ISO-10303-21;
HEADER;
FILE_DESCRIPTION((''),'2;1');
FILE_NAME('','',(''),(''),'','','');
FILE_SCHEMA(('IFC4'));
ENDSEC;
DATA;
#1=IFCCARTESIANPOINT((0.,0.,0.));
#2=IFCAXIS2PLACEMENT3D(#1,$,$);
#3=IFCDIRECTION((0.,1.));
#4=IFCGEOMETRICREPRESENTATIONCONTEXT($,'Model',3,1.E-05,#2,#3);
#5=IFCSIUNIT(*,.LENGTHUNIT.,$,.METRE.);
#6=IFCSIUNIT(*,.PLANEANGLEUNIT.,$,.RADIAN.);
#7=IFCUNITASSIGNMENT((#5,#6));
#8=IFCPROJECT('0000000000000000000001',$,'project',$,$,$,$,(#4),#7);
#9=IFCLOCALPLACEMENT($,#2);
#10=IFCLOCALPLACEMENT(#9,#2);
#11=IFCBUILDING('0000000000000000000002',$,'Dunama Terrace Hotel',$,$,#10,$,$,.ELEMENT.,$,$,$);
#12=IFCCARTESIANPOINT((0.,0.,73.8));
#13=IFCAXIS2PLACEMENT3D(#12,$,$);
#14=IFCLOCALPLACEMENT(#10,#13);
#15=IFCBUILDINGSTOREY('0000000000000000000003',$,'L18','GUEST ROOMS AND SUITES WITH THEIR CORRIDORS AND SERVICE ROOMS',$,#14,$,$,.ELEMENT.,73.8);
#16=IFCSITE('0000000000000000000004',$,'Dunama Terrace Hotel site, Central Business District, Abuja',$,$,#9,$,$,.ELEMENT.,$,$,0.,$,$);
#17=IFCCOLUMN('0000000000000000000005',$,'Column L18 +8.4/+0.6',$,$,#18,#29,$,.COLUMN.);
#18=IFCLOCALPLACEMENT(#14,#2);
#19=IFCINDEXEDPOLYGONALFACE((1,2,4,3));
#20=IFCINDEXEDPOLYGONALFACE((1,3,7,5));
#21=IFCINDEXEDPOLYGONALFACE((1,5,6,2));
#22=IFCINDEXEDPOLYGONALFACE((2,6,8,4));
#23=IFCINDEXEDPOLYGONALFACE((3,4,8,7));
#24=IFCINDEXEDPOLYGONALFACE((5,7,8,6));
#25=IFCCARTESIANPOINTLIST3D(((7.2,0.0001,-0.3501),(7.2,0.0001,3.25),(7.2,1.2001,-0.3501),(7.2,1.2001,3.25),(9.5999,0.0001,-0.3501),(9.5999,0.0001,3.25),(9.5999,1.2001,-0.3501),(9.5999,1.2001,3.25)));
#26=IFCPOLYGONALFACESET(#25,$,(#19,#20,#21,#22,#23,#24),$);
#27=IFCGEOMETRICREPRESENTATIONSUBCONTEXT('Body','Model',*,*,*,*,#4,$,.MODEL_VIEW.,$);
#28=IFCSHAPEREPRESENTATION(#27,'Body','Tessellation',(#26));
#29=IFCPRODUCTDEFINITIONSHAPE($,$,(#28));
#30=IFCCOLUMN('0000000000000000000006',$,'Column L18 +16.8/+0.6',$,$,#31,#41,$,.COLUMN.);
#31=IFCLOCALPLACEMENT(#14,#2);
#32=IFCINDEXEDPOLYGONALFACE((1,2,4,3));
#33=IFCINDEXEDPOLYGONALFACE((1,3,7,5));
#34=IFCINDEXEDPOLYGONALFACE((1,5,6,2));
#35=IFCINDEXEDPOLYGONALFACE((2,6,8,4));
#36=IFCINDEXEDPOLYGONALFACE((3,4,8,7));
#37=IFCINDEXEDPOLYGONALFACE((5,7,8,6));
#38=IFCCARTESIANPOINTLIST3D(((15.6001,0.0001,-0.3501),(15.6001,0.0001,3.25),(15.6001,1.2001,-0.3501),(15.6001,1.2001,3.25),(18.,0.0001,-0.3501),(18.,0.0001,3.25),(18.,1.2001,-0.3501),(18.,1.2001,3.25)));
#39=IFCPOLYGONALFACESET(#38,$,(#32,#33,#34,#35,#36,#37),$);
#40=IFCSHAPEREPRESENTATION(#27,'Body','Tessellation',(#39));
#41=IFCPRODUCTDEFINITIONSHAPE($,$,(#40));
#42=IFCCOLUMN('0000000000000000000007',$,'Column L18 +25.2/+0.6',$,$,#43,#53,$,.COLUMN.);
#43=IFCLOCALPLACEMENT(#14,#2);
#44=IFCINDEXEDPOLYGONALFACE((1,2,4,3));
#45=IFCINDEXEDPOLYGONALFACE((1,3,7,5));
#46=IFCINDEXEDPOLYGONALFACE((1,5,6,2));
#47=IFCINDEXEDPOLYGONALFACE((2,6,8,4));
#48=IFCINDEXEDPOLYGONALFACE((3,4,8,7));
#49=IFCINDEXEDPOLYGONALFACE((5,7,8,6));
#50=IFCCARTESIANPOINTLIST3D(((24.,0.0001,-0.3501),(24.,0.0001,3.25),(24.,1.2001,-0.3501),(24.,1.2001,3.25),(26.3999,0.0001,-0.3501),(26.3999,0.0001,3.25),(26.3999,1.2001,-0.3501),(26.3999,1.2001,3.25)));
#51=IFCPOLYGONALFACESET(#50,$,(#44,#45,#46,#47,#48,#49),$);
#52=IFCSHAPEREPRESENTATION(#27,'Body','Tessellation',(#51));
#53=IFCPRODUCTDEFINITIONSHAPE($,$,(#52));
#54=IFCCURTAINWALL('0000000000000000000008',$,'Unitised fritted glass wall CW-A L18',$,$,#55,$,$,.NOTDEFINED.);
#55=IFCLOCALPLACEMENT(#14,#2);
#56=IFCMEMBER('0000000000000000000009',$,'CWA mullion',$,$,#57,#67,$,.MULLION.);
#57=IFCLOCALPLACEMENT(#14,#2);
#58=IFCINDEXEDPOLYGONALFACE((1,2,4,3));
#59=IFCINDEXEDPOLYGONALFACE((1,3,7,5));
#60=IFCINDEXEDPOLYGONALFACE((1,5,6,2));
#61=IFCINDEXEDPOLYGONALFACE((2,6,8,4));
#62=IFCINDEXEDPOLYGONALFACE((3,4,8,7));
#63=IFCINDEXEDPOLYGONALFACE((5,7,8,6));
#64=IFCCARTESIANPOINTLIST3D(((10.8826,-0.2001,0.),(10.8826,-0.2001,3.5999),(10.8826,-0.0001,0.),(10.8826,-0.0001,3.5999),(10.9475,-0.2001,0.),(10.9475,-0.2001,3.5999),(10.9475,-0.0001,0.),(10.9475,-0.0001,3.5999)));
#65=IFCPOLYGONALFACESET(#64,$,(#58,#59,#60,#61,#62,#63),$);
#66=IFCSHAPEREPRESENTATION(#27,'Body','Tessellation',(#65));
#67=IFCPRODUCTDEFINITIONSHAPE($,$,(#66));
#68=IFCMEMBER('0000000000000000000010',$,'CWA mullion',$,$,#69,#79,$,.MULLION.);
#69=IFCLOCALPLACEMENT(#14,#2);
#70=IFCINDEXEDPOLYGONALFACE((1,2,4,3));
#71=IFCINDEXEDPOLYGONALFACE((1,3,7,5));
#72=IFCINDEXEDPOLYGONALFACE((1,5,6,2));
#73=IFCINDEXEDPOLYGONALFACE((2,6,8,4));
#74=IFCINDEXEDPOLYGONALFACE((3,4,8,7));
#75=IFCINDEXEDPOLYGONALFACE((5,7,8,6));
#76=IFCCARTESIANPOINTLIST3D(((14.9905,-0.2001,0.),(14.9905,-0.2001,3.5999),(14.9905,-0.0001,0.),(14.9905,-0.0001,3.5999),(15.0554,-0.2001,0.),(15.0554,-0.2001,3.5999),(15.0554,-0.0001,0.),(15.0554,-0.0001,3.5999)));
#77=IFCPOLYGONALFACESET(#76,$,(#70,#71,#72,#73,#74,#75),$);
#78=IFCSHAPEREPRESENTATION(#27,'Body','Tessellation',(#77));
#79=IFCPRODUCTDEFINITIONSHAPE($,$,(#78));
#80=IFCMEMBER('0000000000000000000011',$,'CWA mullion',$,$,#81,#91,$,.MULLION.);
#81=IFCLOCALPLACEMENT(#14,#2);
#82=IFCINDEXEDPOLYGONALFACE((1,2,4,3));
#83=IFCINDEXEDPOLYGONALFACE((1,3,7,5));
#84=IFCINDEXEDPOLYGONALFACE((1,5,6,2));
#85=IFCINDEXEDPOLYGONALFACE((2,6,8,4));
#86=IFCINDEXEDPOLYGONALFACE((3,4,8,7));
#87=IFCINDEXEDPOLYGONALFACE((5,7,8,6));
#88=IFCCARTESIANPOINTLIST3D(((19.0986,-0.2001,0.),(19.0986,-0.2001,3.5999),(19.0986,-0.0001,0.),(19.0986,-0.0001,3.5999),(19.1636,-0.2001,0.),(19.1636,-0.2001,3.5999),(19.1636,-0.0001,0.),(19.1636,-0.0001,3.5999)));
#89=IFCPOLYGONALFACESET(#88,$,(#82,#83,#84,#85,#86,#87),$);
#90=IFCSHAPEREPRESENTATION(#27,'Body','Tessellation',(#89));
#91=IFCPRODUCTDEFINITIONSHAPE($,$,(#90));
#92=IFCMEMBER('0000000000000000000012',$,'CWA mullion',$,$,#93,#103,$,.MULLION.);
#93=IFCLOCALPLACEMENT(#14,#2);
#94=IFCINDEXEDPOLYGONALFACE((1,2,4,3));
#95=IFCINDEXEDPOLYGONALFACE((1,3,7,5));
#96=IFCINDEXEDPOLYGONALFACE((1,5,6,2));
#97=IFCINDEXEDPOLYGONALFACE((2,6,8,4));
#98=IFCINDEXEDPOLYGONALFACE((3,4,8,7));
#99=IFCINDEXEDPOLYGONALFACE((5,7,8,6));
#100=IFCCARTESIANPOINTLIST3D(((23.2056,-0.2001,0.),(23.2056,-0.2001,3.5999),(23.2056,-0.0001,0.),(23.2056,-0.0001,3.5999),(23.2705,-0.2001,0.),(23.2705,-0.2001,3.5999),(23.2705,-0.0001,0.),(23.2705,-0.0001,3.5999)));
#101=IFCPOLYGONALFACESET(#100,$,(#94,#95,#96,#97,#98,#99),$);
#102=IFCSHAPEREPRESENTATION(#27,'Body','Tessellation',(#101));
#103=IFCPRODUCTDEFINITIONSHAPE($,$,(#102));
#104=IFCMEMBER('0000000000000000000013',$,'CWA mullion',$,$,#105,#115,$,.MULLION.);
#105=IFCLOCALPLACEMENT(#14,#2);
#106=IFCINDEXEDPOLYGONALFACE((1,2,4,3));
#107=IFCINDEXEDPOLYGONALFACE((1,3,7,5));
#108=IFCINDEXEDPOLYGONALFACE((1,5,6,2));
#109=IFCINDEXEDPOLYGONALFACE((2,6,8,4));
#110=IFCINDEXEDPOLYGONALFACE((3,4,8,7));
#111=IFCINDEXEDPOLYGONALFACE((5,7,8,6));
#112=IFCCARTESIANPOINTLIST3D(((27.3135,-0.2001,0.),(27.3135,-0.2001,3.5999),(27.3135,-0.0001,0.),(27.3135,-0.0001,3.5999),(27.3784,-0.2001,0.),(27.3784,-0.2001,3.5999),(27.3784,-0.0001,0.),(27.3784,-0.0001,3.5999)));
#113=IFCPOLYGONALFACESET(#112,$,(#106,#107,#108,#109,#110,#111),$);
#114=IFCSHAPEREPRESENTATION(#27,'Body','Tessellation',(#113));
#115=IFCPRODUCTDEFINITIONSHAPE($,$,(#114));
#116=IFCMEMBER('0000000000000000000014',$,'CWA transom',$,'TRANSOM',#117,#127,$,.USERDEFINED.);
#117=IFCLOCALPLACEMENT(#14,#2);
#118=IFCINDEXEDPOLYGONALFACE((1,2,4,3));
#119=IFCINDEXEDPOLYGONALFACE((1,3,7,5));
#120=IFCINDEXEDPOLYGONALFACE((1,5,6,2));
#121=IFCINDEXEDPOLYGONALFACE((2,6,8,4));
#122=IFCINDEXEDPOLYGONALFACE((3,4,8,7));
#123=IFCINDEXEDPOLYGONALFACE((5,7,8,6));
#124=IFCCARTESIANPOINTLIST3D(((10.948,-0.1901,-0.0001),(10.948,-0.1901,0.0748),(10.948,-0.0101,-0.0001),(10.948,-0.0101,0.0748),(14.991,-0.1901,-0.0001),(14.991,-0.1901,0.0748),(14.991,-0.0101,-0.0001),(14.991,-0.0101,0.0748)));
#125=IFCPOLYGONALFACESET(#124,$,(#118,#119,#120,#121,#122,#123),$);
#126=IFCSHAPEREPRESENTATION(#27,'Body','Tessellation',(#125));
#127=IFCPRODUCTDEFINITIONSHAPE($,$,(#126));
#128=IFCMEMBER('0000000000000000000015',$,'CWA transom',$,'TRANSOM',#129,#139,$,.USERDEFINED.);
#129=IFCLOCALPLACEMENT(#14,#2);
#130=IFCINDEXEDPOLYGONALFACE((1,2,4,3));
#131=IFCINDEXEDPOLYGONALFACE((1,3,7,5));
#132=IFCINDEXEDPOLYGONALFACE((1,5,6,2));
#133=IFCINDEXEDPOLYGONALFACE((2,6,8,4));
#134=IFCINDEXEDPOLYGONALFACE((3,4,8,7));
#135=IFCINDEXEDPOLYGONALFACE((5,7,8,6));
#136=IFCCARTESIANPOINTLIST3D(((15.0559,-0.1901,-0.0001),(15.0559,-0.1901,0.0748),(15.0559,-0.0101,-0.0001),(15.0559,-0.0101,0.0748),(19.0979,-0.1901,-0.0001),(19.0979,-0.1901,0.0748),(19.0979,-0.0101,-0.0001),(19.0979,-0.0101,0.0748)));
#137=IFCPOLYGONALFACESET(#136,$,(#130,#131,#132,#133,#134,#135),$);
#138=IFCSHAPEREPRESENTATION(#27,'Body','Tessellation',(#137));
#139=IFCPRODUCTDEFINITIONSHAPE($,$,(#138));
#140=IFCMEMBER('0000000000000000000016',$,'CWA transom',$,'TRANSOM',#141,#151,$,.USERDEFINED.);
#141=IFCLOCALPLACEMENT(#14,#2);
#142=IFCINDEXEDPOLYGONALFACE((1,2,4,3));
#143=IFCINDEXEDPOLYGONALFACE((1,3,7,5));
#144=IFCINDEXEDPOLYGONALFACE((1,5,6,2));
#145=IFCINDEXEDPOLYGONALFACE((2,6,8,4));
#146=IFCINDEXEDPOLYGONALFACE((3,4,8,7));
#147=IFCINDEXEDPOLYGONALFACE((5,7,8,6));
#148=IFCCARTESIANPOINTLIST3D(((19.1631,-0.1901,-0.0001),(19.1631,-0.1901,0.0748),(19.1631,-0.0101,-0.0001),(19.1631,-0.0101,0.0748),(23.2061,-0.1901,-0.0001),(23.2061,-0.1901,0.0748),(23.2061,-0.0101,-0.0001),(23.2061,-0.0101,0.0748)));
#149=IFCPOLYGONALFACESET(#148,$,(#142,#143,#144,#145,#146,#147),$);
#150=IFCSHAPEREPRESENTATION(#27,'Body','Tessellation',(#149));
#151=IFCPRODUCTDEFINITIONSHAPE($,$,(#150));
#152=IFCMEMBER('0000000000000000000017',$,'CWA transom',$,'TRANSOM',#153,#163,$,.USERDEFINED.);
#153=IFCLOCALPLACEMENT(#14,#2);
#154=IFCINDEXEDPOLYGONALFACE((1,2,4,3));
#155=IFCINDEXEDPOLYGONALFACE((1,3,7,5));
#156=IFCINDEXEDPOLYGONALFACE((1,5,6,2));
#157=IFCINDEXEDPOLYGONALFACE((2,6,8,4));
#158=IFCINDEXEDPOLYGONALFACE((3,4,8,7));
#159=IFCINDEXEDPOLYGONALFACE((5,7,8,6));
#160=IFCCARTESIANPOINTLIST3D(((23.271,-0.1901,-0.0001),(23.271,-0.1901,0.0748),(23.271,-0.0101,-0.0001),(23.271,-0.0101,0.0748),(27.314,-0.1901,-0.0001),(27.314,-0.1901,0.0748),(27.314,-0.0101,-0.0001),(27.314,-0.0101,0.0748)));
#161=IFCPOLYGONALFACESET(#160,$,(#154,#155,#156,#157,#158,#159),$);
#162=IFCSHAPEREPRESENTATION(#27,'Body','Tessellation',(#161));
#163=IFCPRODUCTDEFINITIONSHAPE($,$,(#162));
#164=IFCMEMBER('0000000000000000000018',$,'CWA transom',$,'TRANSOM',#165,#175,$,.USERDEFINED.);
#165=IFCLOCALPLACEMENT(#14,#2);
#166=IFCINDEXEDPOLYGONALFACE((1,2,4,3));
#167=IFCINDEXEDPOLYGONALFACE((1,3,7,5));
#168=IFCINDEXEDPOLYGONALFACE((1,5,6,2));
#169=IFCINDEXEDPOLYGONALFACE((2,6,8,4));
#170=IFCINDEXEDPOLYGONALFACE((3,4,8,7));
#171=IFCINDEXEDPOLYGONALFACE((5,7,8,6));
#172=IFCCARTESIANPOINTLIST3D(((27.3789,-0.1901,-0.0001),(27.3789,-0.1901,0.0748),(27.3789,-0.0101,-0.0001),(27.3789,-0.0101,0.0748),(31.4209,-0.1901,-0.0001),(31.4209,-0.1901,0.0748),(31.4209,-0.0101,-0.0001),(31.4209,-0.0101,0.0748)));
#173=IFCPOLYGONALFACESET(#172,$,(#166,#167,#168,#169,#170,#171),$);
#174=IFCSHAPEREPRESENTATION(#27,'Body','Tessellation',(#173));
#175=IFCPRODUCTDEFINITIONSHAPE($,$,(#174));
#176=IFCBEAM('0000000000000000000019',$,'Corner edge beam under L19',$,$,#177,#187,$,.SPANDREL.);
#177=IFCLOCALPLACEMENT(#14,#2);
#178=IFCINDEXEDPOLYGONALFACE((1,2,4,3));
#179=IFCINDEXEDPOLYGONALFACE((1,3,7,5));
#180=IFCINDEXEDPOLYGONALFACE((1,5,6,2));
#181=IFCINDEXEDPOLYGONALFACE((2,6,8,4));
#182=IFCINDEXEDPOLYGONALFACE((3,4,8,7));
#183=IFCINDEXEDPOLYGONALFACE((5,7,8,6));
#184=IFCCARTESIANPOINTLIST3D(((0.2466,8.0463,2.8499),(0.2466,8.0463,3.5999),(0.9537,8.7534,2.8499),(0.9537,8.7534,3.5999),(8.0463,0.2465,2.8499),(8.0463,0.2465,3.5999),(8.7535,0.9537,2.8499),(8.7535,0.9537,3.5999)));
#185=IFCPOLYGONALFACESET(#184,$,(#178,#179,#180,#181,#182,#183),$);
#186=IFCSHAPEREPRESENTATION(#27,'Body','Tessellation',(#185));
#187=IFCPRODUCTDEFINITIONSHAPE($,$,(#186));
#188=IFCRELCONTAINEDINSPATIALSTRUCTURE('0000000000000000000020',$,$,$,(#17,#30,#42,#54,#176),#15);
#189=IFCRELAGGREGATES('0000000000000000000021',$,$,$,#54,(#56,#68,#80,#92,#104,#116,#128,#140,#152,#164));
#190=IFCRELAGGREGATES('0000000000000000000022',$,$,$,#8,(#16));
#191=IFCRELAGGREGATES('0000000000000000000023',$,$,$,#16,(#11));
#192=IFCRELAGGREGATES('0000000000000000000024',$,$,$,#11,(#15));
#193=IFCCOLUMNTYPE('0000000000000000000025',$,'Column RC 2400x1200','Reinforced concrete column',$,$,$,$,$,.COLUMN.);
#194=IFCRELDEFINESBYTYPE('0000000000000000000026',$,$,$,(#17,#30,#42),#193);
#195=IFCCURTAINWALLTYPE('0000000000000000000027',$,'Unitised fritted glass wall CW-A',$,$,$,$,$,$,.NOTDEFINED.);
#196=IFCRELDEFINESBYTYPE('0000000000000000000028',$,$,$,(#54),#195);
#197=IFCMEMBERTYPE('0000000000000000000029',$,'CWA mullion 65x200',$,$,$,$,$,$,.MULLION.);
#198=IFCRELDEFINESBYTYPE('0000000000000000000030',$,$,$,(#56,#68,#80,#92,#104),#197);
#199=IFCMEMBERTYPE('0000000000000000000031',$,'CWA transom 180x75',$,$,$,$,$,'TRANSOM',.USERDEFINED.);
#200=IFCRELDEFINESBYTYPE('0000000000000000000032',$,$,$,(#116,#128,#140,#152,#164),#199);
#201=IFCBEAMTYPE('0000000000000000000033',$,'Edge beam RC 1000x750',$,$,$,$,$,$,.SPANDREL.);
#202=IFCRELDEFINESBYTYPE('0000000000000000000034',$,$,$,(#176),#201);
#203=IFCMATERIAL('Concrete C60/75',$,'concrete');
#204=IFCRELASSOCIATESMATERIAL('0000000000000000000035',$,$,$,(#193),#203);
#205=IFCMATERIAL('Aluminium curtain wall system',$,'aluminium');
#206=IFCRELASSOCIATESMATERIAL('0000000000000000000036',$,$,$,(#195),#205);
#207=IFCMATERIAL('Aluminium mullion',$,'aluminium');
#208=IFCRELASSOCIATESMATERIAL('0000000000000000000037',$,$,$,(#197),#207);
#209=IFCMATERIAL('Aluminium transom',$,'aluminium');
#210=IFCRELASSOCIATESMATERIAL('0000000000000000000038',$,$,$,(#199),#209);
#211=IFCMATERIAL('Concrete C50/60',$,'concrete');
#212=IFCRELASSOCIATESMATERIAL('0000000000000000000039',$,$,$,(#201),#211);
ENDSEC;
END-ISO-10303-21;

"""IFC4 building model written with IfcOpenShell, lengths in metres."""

from ifc_helpers import new_model, si_unit, direction, frame, origin, origin_2d, place, context, subcontext, project, spatial, rectangle, extrude, material, material_profile, profile_set, type_object, element, aggregate, save


model = new_model("IFC4")

# Units and contexts
model_context = context("Model", 3, precision=1e-05, world=origin(), true_north=direction((0.0, 1.0)))
body_context = subcontext(model_context, "Body", "Model", "MODEL_VIEW")
ifc_project = project(units=[si_unit("LENGTHUNIT", "METRE"), si_unit("PLANEANGLEUNIT", "RADIAN")], contexts=[model_context])

# Site, building, storey
site_placement = place(None, origin())
site = spatial("IfcSite", under=ifc_project, at=site_placement, Name="Dunama Terrace Hotel site, Central Business District, Abuja", CompositionType="ELEMENT", RefElevation=0.0)
building_placement = place(site_placement, origin())
building = spatial("IfcBuilding", under=site, at=building_placement, Name="Dunama Terrace Hotel", CompositionType="ELEMENT")
storey_placement = place(building_placement, frame((0.0, 0.0, 73.8)))
storey = spatial("IfcBuildingStorey", under=building, at=storey_placement, Name="L18", Description="GUEST ROOMS AND SUITES WITH THEIR CORRIDORS AND SERVICE ROOMS", CompositionType="ELEMENT", Elevation=73.8)

# Columns
ifc_material_1 = material(Name="Concrete C60/75", Category="concrete")
ifc_material_profile_1 = material_profile(ifc_material_1, rectangle(XDim=2.3999, YDim=1.2, at=origin_2d()), Name="RC 2400x1200")
ifc_profile_set_1 = profile_set([ifc_material_profile_1], Name="Concrete C60/75")
column_type = type_object("IfcColumnType", Name="Column RC 2400x1200", Description="Reinforced concrete column", PredefinedType="COLUMN", material=ifc_profile_set_1)
for number, where, z_axis, x_axis, name in (
    (1, (8.3999, 0.6001, -0.3501), (0.0, 0.0, 1.0), (1.0, 0.0, 0.0), "Column L18 +8.4/+0.6"),
    (2, (16.8, 0.6001, -0.3501), (0.0, 0.0, 1.0), (1.0, 0.0, 0.0), "Column L18 +16.8/+0.6"),
    (3, (25.2, 0.6001, -0.3501), (0.0, 0.0, 1.0), (1.0, 0.0, 0.0), "Column L18 +25.2/+0.6"),
):
    element("IfcColumn", number, at=place(storey_placement, frame(where, z_axis=z_axis, x_axis=x_axis)), inside=storey, type_object=column_type, Name=name, PredefinedType="COLUMN", context=body_context, shape_type="SweptSolid", body=[
        extrude(rectangle(XDim=2.3999, YDim=1.2, at=origin_2d()), origin(), (0.0, 0.0, 1.0), 3.6001),
    ])

# Curtain wall, members
ifc_material_2 = material(Name="Aluminium curtain wall system", Category="aluminium")
curtain_wall_type = type_object("IfcCurtainWallType", Name="Unitised fritted glass wall CW-A", PredefinedType="NOTDEFINED", material=ifc_material_2)
curtain_wall_placement = place(storey_placement, origin())
curtain_wall = element("IfcCurtainWall", 4, at=curtain_wall_placement, inside=storey, type_object=curtain_wall_type, Name="Unitised fritted glass wall CW-A L18", PredefinedType="NOTDEFINED")
ifc_material_3 = material(Name="Aluminium mullion", Category="aluminium")
ifc_material_profile_2 = material_profile(ifc_material_3, rectangle(XDim=0.0649, YDim=0.2, at=origin_2d()), Name="CWA MULLION 65X200")
ifc_profile_set_2 = profile_set([ifc_material_profile_2], Name="Aluminium mullion")
member_type_1 = type_object("IfcMemberType", Name="CWA mullion 65x200", PredefinedType="MULLION", material=ifc_profile_set_2)
member_1_placement = place(storey_placement, frame((10.915, -0.1001, 0.0), z_axis=(0.0, 0.0, 1.0), x_axis=(1.0, 0.0, 0.0)))
member_1 = element("IfcMember", 5, at=member_1_placement, type_object=member_type_1, Name="CWA mullion", PredefinedType="MULLION", context=body_context, shape_type="SweptSolid", body=[
    extrude(rectangle(XDim=0.0649, YDim=0.2, at=origin_2d()), origin(), (0.0, 0.0, 1.0), 3.5999),
])
member_2_placement = place(storey_placement, frame((15.0229, -0.1001, 0.0), z_axis=(0.0, 0.0, 1.0), x_axis=(1.0, 0.0, 0.0)))
member_2 = element("IfcMember", 6, at=member_2_placement, type_object=member_type_1, Name="CWA mullion", PredefinedType="MULLION", context=body_context, shape_type="SweptSolid", body=[
    extrude(rectangle(XDim=0.0649, YDim=0.2, at=origin_2d()), origin(), (0.0, 0.0, 1.0), 3.5999),
])
member_3_placement = place(storey_placement, frame((19.1311, -0.1001, 0.0), z_axis=(0.0, 0.0, 1.0), x_axis=(1.0, 0.0, 0.0)))
member_3 = element("IfcMember", 7, at=member_3_placement, type_object=member_type_1, Name="CWA mullion", PredefinedType="MULLION", context=body_context, shape_type="SweptSolid", body=[
    extrude(rectangle(XDim=0.0649, YDim=0.2, at=origin_2d()), origin(), (0.0, 0.0, 1.0), 3.5999),
])
member_4_placement = place(storey_placement, frame((23.238, -0.1001, 0.0), z_axis=(0.0, 0.0, 1.0), x_axis=(1.0, 0.0, 0.0)))
member_4 = element("IfcMember", 8, at=member_4_placement, type_object=member_type_1, Name="CWA mullion", PredefinedType="MULLION", context=body_context, shape_type="SweptSolid", body=[
    extrude(rectangle(XDim=0.0649, YDim=0.2, at=origin_2d()), origin(), (0.0, 0.0, 1.0), 3.5999),
])
member_5_placement = place(storey_placement, frame((27.3459, -0.1001, 0.0), z_axis=(0.0, 0.0, 1.0), x_axis=(1.0, 0.0, 0.0)))
member_5 = element("IfcMember", 9, at=member_5_placement, type_object=member_type_1, Name="CWA mullion", PredefinedType="MULLION", context=body_context, shape_type="SweptSolid", body=[
    extrude(rectangle(XDim=0.0649, YDim=0.2, at=origin_2d()), origin(), (0.0, 0.0, 1.0), 3.5999),
])
ifc_material_4 = material(Name="Aluminium transom", Category="aluminium")
ifc_material_profile_3 = material_profile(ifc_material_4, rectangle(XDim=0.1799, YDim=0.075, at=origin_2d()), Name="CWA TRANSOM 180X75")
ifc_profile_set_3 = profile_set([ifc_material_profile_3], Name="Aluminium transom")
member_type_2 = type_object("IfcMemberType", Name="CWA transom 180x75", ElementType="TRANSOM", PredefinedType="USERDEFINED", material=ifc_profile_set_3)
member_6_placement = place(storey_placement, frame((10.948, -0.1001, 0.0374), z_axis=(1.0, 0.0, 0.0), x_axis=(0.0, 1.0, 0.0)))
member_6 = element("IfcMember", 10, at=member_6_placement, type_object=member_type_2, Name="CWA transom", ObjectType="TRANSOM", PredefinedType="USERDEFINED", context=body_context, shape_type="SweptSolid", body=[
    extrude(rectangle(XDim=0.1799, YDim=0.075, at=origin_2d()), origin(), (0.0, 0.0, 1.0), 4.043),
])
member_7_placement = place(storey_placement, frame((15.0559, -0.1001, 0.0374), z_axis=(1.0, 0.0, 0.0), x_axis=(0.0, 1.0, 0.0)))
member_7 = element("IfcMember", 11, at=member_7_placement, type_object=member_type_2, Name="CWA transom", ObjectType="TRANSOM", PredefinedType="USERDEFINED", context=body_context, shape_type="SweptSolid", body=[
    extrude(rectangle(XDim=0.1799, YDim=0.075, at=origin_2d()), origin(), (0.0, 0.0, 1.0), 4.042),
])
member_8_placement = place(storey_placement, frame((19.1631, -0.1001, 0.0374), z_axis=(1.0, 0.0, 0.0), x_axis=(0.0, 1.0, 0.0)))
member_8 = element("IfcMember", 12, at=member_8_placement, type_object=member_type_2, Name="CWA transom", ObjectType="TRANSOM", PredefinedType="USERDEFINED", context=body_context, shape_type="SweptSolid", body=[
    extrude(rectangle(XDim=0.1799, YDim=0.075, at=origin_2d()), origin(), (0.0, 0.0, 1.0), 4.043),
])
member_9_placement = place(storey_placement, frame((23.271, -0.1001, 0.0374), z_axis=(1.0, 0.0, 0.0), x_axis=(0.0, 1.0, 0.0)))
member_9 = element("IfcMember", 13, at=member_9_placement, type_object=member_type_2, Name="CWA transom", ObjectType="TRANSOM", PredefinedType="USERDEFINED", context=body_context, shape_type="SweptSolid", body=[
    extrude(rectangle(XDim=0.1799, YDim=0.075, at=origin_2d()), origin(), (0.0, 0.0, 1.0), 4.043),
])
member_10_placement = place(storey_placement, frame((27.3789, -0.1001, 0.0374), z_axis=(1.0, 0.0, 0.0), x_axis=(0.0, 1.0, 0.0)))
member_10 = element("IfcMember", 14, at=member_10_placement, type_object=member_type_2, Name="CWA transom", ObjectType="TRANSOM", PredefinedType="USERDEFINED", context=body_context, shape_type="SweptSolid", body=[
    extrude(rectangle(XDim=0.1799, YDim=0.075, at=origin_2d()), origin(), (0.0, 0.0, 1.0), 4.042),
])

# Beam
ifc_material_5 = material(Name="Concrete C50/60", Category="concrete")
ifc_material_profile_4 = material_profile(ifc_material_5, rectangle(XDim=1.0, YDim=0.75, at=origin_2d()), Name="RC 1000x750")
ifc_profile_set_4 = profile_set([ifc_material_profile_4], Name="Concrete C50/60")
beam_type_1 = type_object("IfcBeamType", Name="Edge beam RC 1000x750", PredefinedType="SPANDREL", material=ifc_profile_set_4)
beam_1_placement = place(storey_placement, frame((8.3999, 0.6001, 3.2249), z_axis=(-0.707107, 0.707107, 0.0), x_axis=(-0.707107, -0.707107, 0.0)))
element("IfcBeam", 15, at=beam_1_placement, inside=storey, type_object=beam_type_1, Name="Corner edge beam under L19", PredefinedType="SPANDREL", context=body_context, shape_type="SweptSolid", body=[
    extrude(rectangle(XDim=1.0, YDim=0.75, at=origin_2d()), origin(), (0.0, 0.0, 1.0), 11.0305),
])

aggregate(curtain_wall, [member_1, member_2, member_3, member_4, member_5, member_6, member_7, member_8, member_9, member_10])

save(model, "model.ifc")
